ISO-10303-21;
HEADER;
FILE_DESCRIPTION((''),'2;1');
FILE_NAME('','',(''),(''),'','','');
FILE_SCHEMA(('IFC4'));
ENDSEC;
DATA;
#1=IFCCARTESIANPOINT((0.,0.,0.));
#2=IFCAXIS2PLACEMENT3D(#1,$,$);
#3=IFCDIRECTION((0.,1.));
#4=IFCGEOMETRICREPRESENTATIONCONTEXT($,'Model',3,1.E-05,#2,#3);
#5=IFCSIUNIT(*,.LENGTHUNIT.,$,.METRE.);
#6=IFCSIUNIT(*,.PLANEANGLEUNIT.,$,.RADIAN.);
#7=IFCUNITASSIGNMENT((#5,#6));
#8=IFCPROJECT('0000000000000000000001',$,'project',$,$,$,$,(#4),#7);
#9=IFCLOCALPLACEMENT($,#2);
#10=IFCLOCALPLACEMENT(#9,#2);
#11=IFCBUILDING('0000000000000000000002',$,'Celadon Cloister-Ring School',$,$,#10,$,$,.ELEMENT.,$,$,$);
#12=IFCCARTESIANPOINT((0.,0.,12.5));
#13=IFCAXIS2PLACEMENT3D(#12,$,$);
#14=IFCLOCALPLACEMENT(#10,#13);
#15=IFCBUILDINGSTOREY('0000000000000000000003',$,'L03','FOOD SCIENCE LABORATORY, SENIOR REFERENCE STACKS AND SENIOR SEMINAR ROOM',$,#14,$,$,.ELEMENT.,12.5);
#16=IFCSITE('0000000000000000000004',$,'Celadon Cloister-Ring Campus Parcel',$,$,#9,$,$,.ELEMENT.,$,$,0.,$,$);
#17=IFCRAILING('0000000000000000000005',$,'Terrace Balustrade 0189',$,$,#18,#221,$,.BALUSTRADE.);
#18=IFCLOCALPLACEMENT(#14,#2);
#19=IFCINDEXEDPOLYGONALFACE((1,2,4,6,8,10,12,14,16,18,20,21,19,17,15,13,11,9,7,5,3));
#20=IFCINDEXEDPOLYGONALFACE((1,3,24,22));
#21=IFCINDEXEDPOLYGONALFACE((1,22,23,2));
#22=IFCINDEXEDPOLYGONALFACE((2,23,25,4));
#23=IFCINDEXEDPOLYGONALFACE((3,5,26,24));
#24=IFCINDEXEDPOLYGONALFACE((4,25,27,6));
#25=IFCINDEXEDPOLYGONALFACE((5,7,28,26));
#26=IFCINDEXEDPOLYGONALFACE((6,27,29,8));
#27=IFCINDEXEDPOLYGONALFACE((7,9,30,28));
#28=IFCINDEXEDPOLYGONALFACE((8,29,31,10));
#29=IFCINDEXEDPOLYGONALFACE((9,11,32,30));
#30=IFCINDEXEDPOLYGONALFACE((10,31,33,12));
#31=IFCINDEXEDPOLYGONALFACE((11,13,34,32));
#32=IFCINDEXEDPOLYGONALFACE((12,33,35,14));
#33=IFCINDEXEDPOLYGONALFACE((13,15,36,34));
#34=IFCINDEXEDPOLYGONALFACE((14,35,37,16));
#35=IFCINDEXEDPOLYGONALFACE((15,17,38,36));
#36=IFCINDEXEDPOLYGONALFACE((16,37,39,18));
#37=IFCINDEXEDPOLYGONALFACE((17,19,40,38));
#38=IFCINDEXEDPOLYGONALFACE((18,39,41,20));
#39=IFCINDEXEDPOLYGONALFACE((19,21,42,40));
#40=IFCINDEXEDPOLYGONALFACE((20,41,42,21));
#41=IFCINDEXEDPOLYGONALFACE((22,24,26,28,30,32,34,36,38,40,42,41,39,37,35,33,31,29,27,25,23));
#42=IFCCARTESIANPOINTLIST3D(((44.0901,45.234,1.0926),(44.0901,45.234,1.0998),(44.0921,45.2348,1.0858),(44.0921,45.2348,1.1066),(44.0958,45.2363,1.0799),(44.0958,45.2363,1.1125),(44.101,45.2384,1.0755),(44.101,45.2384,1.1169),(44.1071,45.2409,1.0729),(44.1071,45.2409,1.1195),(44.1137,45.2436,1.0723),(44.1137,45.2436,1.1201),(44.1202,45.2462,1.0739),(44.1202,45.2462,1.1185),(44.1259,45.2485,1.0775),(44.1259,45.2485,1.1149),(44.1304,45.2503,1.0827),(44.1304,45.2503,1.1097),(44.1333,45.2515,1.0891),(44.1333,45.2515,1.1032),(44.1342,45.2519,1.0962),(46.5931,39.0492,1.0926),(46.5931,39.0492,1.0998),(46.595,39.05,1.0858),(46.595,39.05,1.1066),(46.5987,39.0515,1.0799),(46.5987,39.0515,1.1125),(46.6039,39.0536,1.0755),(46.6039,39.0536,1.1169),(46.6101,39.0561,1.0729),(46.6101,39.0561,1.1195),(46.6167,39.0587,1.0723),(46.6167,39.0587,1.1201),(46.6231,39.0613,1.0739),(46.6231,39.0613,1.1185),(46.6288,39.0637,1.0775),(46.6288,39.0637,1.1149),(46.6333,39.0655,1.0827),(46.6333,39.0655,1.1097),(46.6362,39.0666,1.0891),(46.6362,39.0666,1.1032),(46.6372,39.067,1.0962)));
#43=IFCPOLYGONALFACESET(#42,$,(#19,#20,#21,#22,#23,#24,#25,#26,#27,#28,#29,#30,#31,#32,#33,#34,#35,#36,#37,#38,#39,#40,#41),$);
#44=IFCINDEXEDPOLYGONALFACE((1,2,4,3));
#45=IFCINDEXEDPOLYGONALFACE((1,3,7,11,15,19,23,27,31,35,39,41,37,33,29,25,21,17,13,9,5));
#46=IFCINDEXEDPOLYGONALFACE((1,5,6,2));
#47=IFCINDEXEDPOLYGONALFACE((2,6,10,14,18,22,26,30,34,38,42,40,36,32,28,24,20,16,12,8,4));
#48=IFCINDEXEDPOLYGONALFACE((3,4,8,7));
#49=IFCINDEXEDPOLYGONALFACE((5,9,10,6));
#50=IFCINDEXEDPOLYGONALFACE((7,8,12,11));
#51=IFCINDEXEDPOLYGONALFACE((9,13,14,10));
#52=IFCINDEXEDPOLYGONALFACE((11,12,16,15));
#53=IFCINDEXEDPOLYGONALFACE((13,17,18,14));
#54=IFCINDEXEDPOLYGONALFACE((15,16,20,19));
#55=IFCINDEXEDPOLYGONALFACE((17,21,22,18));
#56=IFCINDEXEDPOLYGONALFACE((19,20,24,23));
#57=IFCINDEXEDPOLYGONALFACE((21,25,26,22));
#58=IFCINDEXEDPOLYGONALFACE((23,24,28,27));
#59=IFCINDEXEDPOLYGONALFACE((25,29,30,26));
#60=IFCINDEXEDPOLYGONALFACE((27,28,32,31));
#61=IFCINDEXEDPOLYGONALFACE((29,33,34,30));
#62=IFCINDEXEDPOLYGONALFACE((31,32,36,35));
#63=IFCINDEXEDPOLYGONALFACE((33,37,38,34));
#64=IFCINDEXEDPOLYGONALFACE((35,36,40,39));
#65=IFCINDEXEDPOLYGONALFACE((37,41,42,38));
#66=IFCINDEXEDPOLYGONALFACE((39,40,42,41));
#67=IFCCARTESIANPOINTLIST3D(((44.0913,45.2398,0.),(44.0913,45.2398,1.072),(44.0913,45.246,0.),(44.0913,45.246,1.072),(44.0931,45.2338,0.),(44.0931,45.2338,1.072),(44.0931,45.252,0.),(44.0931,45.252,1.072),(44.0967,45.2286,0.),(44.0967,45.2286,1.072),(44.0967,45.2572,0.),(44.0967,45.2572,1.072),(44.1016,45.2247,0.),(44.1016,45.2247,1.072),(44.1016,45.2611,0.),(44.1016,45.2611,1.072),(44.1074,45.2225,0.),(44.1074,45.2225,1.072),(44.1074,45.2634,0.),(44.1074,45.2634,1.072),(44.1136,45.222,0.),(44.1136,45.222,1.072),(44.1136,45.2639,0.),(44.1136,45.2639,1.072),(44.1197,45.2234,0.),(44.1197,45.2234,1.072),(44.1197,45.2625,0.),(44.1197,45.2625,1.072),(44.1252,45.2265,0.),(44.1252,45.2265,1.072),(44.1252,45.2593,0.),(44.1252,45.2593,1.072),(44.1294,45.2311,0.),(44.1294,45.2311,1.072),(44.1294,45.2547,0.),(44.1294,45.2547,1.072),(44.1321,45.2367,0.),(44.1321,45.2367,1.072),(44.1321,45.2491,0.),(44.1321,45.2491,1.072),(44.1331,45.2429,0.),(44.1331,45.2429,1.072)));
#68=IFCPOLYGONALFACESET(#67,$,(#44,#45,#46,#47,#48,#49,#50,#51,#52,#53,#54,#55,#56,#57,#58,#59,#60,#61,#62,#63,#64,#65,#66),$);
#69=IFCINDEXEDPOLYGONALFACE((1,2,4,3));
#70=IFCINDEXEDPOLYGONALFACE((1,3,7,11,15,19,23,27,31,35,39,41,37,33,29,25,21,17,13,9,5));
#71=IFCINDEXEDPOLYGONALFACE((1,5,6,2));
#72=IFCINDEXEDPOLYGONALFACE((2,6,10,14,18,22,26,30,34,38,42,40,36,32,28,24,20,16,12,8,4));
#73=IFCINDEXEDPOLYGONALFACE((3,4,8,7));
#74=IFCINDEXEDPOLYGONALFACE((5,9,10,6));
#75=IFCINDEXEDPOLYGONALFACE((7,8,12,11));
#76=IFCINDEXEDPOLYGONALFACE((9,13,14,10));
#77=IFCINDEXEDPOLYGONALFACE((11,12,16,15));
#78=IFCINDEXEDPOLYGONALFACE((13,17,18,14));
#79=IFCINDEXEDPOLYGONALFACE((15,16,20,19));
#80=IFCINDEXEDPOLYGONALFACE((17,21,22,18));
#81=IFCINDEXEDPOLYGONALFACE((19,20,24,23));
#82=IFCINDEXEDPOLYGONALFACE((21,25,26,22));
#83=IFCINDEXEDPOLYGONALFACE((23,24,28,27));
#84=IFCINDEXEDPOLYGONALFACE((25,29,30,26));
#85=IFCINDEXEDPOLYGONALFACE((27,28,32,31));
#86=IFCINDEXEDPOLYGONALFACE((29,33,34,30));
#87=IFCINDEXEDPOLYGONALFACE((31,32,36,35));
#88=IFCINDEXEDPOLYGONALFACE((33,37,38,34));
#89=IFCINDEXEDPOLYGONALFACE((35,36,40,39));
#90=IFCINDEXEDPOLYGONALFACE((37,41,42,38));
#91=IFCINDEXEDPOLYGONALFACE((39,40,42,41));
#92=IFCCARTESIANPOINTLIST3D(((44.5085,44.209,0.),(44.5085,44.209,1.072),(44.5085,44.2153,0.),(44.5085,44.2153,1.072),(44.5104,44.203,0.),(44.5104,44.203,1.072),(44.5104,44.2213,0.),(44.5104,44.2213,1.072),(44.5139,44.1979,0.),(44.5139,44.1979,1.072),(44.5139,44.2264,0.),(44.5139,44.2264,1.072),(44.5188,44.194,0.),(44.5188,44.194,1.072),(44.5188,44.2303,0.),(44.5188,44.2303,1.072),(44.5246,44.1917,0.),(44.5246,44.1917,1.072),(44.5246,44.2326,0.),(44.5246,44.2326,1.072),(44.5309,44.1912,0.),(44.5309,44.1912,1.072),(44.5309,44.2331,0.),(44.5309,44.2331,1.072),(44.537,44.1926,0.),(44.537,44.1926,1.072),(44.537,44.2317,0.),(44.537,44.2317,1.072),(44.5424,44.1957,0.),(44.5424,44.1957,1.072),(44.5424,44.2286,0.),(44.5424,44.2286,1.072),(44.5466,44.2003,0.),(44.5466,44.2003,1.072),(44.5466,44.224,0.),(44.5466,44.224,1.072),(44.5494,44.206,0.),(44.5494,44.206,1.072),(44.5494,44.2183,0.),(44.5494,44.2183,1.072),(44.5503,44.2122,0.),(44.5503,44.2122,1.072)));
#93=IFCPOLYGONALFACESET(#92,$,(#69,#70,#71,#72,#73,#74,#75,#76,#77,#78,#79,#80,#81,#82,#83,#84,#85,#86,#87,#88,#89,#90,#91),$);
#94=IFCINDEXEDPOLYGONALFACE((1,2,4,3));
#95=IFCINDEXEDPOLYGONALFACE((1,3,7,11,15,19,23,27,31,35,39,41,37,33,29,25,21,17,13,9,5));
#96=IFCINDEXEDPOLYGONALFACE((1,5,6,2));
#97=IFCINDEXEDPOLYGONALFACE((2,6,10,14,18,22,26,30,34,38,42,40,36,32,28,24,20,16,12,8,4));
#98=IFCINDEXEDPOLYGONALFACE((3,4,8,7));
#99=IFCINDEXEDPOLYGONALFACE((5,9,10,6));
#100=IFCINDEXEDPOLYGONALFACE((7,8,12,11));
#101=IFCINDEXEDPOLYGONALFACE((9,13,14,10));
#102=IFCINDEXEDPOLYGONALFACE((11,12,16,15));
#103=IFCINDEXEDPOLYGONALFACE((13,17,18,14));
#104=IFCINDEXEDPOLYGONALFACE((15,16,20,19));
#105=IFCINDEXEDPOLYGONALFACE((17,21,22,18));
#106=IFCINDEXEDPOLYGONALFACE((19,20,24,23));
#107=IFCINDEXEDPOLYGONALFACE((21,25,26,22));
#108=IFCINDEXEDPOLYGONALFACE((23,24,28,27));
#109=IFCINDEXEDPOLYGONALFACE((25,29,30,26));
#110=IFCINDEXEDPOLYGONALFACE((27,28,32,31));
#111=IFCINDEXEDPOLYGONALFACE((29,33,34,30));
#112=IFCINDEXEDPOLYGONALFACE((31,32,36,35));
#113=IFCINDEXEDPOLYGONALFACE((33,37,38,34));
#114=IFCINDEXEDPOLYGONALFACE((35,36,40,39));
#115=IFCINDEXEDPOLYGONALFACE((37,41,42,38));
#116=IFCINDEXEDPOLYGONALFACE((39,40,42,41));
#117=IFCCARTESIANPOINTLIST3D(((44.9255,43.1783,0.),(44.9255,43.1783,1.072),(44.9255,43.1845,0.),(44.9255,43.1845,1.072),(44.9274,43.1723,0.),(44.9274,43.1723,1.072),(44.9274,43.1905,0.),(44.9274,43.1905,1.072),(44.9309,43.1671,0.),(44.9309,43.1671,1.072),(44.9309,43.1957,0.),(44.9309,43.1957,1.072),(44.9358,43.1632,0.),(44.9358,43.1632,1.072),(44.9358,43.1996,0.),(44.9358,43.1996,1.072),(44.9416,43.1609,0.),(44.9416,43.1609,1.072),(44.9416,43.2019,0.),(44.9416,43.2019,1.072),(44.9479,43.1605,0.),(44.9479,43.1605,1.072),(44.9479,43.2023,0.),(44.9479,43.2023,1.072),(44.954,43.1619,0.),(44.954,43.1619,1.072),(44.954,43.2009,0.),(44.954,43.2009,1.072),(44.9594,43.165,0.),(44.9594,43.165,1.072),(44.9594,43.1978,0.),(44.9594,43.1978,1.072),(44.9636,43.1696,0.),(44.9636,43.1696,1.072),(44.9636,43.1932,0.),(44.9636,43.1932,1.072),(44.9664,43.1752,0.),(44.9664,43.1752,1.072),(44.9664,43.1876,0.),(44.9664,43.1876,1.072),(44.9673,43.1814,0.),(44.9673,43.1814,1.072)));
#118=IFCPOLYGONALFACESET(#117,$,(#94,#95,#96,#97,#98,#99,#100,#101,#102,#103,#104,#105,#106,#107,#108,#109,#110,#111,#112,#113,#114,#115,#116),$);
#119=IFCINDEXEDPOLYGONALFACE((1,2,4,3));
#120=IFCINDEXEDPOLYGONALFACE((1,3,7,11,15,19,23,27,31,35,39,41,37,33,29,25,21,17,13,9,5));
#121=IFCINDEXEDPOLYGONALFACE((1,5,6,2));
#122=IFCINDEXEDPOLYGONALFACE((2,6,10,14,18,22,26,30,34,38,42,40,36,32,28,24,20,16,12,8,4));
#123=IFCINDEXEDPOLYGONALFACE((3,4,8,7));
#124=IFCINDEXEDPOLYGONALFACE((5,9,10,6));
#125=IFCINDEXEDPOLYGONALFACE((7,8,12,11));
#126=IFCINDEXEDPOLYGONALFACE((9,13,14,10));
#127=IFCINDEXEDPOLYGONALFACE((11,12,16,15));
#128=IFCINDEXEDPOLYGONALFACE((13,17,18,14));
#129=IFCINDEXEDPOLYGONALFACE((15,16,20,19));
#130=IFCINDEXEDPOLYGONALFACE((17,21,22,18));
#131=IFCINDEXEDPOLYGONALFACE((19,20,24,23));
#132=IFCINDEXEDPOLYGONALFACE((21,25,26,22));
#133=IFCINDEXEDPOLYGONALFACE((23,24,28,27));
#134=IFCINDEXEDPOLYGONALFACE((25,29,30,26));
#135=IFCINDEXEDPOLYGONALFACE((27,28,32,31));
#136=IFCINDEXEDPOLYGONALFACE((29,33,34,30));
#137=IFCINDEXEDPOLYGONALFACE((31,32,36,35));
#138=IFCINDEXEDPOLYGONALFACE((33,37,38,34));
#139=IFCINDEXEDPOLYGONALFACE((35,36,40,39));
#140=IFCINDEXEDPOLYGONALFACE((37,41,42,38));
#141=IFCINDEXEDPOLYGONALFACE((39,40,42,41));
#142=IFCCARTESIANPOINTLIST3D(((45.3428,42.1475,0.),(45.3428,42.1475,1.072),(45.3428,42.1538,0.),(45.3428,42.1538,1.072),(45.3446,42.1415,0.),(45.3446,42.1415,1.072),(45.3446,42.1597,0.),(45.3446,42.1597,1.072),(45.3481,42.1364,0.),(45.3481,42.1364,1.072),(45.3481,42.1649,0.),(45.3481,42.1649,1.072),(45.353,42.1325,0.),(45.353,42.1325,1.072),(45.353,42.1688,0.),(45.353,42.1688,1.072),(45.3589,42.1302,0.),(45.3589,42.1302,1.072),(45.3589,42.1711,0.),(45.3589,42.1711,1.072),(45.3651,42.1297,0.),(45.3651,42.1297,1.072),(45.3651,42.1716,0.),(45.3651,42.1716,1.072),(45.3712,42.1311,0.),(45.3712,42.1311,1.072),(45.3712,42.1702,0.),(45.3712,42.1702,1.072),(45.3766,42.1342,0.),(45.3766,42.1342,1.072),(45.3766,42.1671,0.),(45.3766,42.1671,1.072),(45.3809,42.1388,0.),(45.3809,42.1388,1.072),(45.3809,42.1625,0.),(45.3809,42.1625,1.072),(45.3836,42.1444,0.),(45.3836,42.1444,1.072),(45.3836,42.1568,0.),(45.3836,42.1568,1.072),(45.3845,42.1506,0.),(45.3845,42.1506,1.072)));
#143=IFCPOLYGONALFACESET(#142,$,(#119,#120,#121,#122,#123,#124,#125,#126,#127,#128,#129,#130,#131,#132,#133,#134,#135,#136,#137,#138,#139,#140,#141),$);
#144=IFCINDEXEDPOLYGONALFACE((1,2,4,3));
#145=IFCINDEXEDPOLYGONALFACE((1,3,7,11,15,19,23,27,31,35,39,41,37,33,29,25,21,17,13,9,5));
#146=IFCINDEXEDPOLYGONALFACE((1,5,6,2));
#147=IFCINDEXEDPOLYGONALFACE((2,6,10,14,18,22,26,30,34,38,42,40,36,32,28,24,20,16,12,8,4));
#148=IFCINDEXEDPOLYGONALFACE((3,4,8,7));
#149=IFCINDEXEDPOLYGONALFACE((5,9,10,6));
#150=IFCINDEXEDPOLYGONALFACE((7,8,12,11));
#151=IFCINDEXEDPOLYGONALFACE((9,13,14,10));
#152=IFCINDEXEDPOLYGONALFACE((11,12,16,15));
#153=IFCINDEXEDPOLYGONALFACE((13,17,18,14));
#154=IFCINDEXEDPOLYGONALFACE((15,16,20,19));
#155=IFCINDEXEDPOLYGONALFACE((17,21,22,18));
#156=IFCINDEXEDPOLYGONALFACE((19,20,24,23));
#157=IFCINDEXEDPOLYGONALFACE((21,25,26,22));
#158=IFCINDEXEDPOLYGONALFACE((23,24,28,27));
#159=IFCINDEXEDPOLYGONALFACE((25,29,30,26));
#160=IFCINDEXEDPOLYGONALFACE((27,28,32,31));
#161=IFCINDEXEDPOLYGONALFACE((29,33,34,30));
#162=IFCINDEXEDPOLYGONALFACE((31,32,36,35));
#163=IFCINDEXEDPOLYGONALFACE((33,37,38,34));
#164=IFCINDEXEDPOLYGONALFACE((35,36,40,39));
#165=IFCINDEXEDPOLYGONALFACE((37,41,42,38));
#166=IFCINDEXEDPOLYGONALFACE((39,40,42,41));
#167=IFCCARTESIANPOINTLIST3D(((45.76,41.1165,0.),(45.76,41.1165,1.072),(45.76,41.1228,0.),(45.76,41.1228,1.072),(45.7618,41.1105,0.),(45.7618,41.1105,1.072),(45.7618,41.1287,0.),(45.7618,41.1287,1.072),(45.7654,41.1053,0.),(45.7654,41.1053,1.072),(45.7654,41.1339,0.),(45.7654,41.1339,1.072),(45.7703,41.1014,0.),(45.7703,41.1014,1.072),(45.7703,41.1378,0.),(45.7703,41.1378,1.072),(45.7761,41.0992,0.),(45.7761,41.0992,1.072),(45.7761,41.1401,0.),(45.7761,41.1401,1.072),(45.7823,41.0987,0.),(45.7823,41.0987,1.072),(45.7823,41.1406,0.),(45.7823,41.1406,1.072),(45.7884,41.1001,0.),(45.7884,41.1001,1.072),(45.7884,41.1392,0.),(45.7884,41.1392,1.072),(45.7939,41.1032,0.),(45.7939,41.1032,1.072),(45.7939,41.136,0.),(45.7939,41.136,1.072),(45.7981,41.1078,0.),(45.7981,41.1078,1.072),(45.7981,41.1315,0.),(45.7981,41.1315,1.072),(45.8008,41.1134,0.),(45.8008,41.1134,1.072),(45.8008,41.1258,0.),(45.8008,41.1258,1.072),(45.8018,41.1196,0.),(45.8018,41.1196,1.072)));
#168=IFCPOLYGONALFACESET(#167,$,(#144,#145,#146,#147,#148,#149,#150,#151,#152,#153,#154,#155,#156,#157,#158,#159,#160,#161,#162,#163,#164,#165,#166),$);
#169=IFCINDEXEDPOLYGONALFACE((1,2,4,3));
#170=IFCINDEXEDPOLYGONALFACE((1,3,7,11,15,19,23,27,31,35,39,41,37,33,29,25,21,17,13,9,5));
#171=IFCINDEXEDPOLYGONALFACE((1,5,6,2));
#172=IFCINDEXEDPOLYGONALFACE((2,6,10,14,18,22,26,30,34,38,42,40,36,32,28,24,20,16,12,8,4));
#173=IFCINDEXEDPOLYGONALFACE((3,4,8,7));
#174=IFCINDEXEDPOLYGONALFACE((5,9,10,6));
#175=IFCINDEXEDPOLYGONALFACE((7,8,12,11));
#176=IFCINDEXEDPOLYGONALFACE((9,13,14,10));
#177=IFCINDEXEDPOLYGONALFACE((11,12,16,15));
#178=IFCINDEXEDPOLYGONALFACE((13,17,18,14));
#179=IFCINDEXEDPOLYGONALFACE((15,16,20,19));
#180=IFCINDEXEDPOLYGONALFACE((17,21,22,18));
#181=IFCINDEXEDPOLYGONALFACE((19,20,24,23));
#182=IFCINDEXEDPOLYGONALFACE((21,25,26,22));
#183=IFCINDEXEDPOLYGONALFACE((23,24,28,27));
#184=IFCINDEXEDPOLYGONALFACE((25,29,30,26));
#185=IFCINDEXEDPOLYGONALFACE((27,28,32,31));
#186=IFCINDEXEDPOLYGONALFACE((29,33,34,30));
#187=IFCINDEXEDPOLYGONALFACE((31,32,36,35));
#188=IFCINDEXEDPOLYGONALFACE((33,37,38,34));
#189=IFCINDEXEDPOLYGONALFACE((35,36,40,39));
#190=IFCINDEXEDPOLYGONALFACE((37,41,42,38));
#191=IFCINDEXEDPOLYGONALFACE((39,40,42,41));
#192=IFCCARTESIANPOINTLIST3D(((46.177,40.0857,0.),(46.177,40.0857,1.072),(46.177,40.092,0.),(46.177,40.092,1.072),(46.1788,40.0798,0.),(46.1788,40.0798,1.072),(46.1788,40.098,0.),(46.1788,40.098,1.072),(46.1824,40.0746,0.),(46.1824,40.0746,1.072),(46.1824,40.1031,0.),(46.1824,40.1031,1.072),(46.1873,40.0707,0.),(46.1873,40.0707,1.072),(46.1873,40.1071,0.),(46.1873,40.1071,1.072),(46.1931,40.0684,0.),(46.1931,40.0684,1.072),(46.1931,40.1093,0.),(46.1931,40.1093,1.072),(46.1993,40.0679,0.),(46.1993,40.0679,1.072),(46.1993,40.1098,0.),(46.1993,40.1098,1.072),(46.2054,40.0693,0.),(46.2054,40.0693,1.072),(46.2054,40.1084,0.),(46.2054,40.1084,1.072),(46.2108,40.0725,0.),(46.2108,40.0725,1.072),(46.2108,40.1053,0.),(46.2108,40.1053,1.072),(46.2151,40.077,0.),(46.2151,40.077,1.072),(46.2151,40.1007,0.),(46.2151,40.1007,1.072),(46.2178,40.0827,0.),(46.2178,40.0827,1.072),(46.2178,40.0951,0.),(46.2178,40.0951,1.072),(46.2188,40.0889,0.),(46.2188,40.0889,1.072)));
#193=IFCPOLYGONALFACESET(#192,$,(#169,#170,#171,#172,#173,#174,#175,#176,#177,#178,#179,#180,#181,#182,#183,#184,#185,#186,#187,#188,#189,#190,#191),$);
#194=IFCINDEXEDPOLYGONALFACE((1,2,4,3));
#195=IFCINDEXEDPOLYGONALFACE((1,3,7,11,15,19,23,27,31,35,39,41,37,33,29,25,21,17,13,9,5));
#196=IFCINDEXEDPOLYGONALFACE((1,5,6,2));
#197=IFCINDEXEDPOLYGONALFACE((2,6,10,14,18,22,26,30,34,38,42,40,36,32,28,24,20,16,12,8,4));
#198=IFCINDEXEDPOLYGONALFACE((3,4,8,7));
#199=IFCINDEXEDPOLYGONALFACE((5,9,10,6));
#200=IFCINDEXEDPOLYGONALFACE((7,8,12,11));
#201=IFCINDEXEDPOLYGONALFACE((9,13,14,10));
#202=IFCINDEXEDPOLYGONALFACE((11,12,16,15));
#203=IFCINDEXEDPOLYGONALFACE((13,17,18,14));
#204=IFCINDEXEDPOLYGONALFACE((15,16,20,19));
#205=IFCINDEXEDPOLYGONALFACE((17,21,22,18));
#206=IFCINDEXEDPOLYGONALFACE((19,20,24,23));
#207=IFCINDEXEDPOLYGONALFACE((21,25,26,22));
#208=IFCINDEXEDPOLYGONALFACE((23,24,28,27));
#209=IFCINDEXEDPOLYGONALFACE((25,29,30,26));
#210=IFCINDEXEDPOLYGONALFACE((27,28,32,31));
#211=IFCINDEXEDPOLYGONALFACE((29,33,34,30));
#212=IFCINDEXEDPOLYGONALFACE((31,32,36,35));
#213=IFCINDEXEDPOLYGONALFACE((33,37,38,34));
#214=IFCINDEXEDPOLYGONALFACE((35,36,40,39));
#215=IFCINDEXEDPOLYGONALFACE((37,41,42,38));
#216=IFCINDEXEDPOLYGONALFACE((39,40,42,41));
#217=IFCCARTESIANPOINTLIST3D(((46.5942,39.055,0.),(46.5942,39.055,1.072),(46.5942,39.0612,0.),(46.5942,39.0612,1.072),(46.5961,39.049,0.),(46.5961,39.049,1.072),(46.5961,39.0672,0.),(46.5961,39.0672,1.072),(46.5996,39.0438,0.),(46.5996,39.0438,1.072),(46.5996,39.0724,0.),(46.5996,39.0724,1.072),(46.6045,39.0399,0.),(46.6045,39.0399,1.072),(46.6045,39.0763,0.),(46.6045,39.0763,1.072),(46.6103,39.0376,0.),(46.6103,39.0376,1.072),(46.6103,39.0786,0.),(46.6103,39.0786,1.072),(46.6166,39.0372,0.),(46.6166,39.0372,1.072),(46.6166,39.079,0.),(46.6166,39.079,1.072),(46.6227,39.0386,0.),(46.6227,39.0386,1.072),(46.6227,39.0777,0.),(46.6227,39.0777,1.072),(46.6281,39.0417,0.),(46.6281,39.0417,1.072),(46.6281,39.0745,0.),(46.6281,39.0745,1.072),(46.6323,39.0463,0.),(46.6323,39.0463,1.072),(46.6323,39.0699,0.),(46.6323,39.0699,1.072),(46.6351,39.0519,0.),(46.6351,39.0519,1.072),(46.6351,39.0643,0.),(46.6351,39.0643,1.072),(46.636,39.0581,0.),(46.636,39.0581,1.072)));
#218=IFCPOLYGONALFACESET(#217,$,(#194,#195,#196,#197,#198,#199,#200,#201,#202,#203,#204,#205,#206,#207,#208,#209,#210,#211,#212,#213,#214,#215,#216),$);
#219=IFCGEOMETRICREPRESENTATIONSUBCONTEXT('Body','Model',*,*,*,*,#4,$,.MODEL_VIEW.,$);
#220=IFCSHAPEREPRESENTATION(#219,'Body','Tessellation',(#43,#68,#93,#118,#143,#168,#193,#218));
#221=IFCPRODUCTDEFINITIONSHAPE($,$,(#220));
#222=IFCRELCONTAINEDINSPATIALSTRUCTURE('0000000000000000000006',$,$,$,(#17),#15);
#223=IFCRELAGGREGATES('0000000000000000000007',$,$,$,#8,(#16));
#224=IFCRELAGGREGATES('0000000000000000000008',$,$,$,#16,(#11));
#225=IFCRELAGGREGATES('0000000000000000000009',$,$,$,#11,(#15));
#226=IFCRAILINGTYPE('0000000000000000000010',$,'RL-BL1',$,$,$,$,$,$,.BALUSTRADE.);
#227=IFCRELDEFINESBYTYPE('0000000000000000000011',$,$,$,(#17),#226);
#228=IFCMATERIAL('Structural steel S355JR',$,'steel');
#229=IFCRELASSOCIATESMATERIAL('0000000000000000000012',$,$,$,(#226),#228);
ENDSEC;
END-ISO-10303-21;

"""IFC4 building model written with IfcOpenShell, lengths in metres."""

from ifc_helpers import new_model, si_unit, direction, frame, origin, origin_2d, place, context, subcontext, project, spatial, circle, extrude, material, type_object, element, save


model = new_model("IFC4")

# Units and contexts
model_context = context("Model", 3, precision=1e-05, world=origin(), true_north=direction((0.0, 1.0)))
body_context = subcontext(model_context, "Body", "Model", "MODEL_VIEW")
ifc_project = project(units=[si_unit("LENGTHUNIT", "METRE"), si_unit("PLANEANGLEUNIT", "RADIAN")], contexts=[model_context])

# Site, building, storey
site_placement = place(None, origin())
site = spatial("IfcSite", under=ifc_project, at=site_placement, Name="Celadon Cloister-Ring Campus Parcel", CompositionType="ELEMENT", RefElevation=0.0)
building_placement = place(site_placement, origin())
building = spatial("IfcBuilding", under=site, at=building_placement, Name="Celadon Cloister-Ring School", CompositionType="ELEMENT")
storey_placement = place(building_placement, frame((0.0, 0.0, 12.5)))
storey = spatial("IfcBuildingStorey", under=building, at=storey_placement, Name="L03", Description="FOOD SCIENCE LABORATORY, SENIOR REFERENCE STACKS AND SENIOR SEMINAR ROOM", CompositionType="ELEMENT", Elevation=12.5)

# Railing
ifc_material_1 = material(Name="Structural steel S355JR", Category="steel")
railing_type = type_object("IfcRailingType", Name="RL-BL1", PredefinedType="BALUSTRADE", material=ifc_material_1)
railing_1_placement = place(storey_placement, frame((44.1121, 45.2429, 0.0)))
element("IfcRailing", 1, at=railing_1_placement, inside=storey, type_object=railing_type, Name="Terrace Balustrade 0189", PredefinedType="BALUSTRADE", context=body_context, shape_type="SweptSolid", body=[
    extrude(circle(Radius=0.0239, at=origin_2d()), frame((0.0, 0.0, 1.0962), z_axis=(0.375135, -0.92697, 0.0), x_axis=(0.92697, 0.375135, 0.0)), (0.0, 0.0, 1.0), 6.6721),
    extrude(circle(Radius=0.021, at=origin_2d()), origin(), (0.0, 0.0, 1.0), 1.072),
    extrude(circle(Radius=0.021, at=origin_2d()), frame((0.4172, -1.0308, 0.0)), (0.0, 0.0, 1.0), 1.072),
    extrude(circle(Radius=0.021, at=origin_2d()), frame((0.8342, -2.0615, 0.0)), (0.0, 0.0, 1.0), 1.072),
    extrude(circle(Radius=0.021, at=origin_2d()), frame((1.2515, -3.0923, 0.0)), (0.0, 0.0, 1.0), 1.072),
    extrude(circle(Radius=0.021, at=origin_2d()), frame((1.6687, -4.1233, 0.0)), (0.0, 0.0, 1.0), 1.072),
    extrude(circle(Radius=0.021, at=origin_2d()), frame((2.0857, -5.1541, 0.0)), (0.0, 0.0, 1.0), 1.072),
    extrude(circle(Radius=0.021, at=origin_2d()), frame((2.5029, -6.1848, 0.0)), (0.0, 0.0, 1.0), 1.072),
])

save(model, "model.ifc")
